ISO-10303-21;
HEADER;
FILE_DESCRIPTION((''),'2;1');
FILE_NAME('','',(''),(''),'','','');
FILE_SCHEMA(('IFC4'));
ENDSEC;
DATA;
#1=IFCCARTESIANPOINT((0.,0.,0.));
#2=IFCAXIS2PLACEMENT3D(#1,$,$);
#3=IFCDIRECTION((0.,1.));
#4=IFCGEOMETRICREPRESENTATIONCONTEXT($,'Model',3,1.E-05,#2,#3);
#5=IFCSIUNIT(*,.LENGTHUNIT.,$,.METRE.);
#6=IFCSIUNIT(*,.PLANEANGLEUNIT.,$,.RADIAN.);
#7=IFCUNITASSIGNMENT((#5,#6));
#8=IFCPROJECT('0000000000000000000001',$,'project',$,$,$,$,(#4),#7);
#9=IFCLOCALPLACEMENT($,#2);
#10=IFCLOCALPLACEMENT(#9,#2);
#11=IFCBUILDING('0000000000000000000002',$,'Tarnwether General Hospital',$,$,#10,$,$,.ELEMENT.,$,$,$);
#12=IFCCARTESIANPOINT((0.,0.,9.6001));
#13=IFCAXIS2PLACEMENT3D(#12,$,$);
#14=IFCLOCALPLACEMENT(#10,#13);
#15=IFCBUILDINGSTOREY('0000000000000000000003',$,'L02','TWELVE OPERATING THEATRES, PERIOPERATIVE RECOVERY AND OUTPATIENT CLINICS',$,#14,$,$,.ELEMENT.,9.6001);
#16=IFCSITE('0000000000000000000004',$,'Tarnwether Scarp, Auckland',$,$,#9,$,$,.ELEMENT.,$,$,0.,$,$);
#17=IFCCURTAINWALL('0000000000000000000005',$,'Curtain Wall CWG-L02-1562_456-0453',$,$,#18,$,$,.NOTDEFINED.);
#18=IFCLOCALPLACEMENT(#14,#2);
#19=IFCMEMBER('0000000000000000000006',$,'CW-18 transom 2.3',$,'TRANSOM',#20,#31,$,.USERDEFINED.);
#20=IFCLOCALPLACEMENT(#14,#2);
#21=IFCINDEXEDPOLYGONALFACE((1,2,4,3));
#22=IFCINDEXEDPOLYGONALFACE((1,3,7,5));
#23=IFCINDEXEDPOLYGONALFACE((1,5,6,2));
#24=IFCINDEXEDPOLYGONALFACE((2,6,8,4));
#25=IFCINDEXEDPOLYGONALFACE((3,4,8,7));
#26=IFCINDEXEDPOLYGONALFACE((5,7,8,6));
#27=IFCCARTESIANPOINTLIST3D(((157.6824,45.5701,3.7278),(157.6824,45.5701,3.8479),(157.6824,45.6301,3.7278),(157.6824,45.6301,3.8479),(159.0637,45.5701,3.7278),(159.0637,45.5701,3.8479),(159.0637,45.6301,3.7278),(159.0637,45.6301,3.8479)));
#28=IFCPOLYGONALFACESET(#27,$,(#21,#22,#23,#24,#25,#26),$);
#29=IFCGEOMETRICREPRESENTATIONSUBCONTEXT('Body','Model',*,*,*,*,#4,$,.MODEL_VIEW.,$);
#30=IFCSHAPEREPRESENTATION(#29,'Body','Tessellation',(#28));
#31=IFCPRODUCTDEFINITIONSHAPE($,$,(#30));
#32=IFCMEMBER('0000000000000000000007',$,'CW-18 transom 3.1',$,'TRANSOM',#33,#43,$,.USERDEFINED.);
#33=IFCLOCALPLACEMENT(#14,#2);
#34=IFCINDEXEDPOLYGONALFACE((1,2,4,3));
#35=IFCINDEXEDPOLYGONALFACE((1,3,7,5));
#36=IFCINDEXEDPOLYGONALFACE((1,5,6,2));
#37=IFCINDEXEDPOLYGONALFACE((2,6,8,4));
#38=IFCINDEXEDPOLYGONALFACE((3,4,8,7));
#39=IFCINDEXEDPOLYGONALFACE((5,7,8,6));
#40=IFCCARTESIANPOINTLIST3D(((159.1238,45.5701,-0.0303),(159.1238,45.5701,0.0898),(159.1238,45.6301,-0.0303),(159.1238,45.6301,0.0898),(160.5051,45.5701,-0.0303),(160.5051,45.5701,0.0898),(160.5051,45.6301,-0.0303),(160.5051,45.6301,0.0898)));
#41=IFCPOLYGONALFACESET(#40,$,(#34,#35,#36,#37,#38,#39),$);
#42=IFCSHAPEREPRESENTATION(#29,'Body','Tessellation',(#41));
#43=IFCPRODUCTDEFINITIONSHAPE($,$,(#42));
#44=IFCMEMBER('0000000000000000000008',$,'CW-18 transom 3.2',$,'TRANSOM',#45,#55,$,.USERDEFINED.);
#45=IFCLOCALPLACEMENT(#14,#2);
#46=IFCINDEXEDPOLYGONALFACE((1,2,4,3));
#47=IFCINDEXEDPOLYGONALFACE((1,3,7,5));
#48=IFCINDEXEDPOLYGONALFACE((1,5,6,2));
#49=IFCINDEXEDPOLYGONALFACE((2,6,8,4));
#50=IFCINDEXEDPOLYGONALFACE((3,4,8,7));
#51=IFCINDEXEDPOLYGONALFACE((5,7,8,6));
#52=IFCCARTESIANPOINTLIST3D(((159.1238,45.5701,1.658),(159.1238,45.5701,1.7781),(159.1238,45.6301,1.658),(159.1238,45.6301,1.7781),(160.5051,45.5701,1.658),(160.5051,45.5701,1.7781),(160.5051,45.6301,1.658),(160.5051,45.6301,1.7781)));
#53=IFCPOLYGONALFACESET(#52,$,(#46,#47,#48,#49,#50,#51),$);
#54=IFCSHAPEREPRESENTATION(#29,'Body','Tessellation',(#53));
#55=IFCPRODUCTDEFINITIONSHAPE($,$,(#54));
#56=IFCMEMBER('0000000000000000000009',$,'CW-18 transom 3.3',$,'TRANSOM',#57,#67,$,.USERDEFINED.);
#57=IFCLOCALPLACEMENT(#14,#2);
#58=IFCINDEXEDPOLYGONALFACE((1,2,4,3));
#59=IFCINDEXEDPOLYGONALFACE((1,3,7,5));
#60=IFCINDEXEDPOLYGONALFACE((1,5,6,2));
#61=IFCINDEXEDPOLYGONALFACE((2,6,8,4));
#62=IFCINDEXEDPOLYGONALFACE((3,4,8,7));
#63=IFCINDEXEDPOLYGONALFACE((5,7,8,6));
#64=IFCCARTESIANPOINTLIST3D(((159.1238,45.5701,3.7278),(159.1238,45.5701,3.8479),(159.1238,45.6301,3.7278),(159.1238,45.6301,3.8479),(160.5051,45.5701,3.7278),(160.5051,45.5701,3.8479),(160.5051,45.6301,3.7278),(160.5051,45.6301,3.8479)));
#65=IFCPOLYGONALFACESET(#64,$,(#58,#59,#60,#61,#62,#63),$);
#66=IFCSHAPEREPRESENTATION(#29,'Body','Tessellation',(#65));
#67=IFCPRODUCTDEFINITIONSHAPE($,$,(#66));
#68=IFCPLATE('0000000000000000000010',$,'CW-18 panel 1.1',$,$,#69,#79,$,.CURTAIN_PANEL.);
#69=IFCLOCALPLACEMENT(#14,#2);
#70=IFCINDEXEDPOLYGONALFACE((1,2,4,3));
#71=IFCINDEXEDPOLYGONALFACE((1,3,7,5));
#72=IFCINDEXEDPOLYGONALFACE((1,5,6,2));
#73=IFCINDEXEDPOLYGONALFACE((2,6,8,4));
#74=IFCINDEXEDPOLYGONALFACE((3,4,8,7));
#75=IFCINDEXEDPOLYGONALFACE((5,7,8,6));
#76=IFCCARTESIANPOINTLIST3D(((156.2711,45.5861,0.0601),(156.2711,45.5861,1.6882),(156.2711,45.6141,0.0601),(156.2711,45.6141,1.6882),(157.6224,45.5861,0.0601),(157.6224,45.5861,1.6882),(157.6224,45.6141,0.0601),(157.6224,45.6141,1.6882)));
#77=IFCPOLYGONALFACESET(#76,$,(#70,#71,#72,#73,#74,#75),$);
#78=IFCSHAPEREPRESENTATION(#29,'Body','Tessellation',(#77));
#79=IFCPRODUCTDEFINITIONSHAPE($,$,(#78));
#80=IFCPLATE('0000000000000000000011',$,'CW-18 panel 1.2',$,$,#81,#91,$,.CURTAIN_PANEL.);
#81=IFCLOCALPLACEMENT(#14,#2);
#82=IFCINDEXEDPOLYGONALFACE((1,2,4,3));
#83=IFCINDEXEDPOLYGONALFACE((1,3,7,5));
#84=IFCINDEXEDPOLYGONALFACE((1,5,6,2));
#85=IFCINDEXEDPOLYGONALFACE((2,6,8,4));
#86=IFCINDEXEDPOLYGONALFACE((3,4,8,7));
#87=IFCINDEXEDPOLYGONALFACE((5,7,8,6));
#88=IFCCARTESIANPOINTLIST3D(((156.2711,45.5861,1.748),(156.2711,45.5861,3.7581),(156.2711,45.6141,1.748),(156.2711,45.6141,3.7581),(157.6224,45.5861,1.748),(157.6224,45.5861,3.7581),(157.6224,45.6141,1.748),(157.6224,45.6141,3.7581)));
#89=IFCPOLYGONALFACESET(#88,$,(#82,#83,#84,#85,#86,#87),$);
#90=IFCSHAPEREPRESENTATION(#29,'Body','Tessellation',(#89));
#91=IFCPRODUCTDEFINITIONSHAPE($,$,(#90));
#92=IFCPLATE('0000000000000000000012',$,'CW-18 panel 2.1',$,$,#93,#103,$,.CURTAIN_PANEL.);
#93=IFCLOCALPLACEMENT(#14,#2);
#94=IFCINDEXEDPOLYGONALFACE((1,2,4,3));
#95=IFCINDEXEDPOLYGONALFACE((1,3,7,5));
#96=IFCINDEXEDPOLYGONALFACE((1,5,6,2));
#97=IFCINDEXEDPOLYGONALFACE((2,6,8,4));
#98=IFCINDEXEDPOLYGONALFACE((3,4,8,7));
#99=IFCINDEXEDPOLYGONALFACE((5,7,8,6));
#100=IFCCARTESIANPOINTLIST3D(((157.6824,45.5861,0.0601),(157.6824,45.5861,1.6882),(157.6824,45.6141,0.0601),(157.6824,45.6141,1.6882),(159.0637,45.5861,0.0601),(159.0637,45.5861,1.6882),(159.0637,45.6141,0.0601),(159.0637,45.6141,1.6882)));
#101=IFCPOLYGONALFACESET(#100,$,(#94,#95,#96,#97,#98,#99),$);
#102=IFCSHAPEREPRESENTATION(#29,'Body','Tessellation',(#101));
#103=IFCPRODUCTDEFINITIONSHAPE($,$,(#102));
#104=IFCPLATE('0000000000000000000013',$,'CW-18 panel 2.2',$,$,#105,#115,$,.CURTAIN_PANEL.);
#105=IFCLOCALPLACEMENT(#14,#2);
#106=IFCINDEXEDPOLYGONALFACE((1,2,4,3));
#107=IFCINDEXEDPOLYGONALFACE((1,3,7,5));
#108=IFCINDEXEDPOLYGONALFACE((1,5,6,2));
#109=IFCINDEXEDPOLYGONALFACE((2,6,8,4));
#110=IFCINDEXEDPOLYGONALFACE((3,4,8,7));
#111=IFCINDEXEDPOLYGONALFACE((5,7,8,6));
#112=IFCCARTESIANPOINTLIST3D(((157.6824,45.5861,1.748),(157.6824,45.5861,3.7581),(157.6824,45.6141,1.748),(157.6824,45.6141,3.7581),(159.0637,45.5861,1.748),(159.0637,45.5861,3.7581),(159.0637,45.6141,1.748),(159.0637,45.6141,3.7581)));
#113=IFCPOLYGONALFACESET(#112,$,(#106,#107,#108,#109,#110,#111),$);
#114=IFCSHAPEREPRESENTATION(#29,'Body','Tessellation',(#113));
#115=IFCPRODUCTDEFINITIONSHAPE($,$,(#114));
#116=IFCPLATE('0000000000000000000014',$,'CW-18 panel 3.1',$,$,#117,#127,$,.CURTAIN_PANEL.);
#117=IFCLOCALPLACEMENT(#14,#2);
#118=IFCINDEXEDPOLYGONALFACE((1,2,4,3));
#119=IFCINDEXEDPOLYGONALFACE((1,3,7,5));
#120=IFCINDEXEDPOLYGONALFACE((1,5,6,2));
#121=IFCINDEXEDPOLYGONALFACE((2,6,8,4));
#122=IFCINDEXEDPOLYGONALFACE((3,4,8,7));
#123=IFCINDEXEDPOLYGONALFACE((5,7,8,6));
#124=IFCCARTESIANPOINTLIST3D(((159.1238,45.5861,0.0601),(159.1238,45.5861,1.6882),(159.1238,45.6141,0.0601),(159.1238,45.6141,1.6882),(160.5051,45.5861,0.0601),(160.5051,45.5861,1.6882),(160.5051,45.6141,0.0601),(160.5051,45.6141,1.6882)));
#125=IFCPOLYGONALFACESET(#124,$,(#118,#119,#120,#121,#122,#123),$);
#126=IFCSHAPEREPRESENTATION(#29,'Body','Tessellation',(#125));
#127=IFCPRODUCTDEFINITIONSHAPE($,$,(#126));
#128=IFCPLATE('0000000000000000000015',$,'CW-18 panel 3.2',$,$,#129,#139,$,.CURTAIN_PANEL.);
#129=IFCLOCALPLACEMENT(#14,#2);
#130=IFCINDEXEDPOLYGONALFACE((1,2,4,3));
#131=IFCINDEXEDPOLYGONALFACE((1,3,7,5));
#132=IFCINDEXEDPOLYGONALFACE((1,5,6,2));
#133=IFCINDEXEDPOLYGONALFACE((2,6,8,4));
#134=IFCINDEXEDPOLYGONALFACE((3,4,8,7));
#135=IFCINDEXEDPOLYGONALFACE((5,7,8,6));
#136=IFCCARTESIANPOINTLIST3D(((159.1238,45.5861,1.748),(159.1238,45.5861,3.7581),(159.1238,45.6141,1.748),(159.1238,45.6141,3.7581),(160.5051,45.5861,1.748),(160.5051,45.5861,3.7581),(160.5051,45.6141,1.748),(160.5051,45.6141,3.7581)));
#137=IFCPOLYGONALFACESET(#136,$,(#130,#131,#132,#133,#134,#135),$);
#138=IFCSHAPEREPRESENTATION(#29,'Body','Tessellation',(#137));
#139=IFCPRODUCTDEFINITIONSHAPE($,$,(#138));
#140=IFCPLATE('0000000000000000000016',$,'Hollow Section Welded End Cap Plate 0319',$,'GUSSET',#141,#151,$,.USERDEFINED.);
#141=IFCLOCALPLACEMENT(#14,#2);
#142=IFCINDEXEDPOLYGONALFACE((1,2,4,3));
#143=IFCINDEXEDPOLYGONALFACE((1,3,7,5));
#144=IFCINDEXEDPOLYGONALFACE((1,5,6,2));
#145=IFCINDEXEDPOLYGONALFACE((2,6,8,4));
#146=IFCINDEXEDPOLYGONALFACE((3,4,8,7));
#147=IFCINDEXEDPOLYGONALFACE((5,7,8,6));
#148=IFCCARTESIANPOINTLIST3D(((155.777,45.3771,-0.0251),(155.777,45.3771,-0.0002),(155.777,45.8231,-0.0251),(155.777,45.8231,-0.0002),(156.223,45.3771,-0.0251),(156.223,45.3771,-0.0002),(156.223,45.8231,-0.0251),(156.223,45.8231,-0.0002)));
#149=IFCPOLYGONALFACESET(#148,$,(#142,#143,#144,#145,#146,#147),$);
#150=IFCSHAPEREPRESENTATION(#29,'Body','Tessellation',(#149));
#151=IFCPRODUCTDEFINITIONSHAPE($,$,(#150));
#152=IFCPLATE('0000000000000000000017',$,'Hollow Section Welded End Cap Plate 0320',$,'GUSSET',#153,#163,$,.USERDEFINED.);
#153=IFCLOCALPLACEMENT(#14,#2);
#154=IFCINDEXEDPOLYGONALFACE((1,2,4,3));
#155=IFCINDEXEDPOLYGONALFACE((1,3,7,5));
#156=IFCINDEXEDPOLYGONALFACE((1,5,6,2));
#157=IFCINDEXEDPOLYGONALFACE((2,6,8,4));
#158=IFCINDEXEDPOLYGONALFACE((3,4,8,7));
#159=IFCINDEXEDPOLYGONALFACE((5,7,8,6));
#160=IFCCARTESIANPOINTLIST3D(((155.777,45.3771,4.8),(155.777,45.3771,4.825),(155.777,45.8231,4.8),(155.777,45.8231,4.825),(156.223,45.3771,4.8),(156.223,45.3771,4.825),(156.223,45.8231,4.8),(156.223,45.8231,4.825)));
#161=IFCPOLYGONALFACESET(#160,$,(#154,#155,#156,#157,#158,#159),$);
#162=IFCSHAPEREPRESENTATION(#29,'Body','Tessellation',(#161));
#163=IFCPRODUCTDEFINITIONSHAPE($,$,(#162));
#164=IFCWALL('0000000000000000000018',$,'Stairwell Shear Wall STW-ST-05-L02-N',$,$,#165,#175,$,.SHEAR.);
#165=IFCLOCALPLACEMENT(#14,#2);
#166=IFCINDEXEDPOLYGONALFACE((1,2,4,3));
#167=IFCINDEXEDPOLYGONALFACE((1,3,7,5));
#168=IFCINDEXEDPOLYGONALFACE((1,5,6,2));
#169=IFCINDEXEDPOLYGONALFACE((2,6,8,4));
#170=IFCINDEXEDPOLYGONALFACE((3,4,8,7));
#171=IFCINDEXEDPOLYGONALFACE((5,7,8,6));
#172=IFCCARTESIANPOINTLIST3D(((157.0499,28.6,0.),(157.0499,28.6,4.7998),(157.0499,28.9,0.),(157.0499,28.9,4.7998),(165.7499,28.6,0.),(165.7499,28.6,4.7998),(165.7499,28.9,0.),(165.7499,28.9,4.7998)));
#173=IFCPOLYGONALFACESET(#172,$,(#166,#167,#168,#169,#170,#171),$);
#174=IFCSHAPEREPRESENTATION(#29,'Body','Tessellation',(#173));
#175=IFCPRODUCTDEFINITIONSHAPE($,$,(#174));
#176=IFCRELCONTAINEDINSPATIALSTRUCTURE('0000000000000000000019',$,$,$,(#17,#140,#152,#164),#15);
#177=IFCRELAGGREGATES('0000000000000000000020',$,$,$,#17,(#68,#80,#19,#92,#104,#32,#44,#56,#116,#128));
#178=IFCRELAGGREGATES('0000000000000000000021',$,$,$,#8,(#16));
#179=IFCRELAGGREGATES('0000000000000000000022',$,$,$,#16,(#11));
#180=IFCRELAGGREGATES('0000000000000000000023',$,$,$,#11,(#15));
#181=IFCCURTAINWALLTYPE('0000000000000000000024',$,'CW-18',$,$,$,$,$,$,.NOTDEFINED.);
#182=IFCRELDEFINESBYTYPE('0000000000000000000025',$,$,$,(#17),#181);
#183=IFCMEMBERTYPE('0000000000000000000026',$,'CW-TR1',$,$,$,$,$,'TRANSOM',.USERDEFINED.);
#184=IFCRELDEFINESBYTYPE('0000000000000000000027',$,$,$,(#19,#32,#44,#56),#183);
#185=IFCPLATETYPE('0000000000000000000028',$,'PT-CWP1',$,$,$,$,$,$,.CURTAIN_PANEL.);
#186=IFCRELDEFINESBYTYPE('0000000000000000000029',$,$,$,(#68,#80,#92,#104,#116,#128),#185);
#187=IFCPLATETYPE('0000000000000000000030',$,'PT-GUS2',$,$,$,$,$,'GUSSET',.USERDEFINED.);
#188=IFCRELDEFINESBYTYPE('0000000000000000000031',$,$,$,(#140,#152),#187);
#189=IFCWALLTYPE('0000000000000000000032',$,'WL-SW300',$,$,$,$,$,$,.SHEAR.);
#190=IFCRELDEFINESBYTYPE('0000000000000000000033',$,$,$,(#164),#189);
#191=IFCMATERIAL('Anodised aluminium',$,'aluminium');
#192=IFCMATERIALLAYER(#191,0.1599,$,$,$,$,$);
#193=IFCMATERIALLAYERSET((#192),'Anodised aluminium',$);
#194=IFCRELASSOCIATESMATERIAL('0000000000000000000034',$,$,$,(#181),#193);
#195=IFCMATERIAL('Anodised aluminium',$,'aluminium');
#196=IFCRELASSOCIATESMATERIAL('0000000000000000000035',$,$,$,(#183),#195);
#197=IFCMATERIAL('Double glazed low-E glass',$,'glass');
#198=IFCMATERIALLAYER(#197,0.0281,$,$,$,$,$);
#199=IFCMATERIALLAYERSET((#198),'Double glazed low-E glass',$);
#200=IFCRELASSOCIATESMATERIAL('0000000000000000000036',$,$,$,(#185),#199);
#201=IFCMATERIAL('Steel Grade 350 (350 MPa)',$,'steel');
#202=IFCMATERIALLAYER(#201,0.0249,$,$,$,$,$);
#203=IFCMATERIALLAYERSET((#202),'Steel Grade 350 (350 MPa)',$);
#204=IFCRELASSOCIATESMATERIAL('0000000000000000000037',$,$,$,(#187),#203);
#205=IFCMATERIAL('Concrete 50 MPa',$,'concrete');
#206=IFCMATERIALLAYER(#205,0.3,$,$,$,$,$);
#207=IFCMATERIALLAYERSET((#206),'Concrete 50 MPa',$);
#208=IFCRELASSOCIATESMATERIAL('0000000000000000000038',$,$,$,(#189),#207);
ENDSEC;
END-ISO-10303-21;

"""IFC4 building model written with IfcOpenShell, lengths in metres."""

from ifc_helpers import new_model, si_unit, direction, frame, frame_2d, origin, origin_2d, place, context, subcontext, project, spatial, rectangle, extrude, material, layer, layer_set, material_profile, profile_set, type_object, element, aggregate, save


model = new_model("IFC4")

# Units and contexts
model_context = context("Model", 3, precision=1e-05, world=origin(), true_north=direction((0.0, 1.0)))
body_context = subcontext(model_context, "Body", "Model", "MODEL_VIEW")
ifc_project = project(units=[si_unit("LENGTHUNIT", "METRE"), si_unit("PLANEANGLEUNIT", "RADIAN")], contexts=[model_context])

# Site, building, storey
site_placement = place(None, origin())
site = spatial("IfcSite", under=ifc_project, at=site_placement, Name="Tarnwether Scarp, Auckland", CompositionType="ELEMENT", RefElevation=0.0)
building_placement = place(site_placement, origin())
building = spatial("IfcBuilding", under=site, at=building_placement, Name="Tarnwether General Hospital", CompositionType="ELEMENT")
storey_placement = place(building_placement, frame((0.0, 0.0, 9.6001)))
storey = spatial("IfcBuildingStorey", under=building, at=storey_placement, Name="L02", Description="TWELVE OPERATING THEATRES, PERIOPERATIVE RECOVERY AND OUTPATIENT CLINICS", CompositionType="ELEMENT", Elevation=9.6001)

# Curtain wall, members, plates
ifc_material_1 = material(Name="Anodised aluminium", Category="aluminium")
ifc_layer_1 = layer(ifc_material_1, 0.1599)
ifc_layer_set_1 = layer_set([ifc_layer_1], Name="Anodised aluminium")
curtain_wall_type = type_object("IfcCurtainWallType", Name="CW-18", PredefinedType="NOTDEFINED", material=ifc_layer_set_1)
curtain_wall_placement = place(storey_placement, origin())
curtain_wall = element("IfcCurtainWall", 1, at=curtain_wall_placement, inside=storey, type_object=curtain_wall_type, Name="Curtain Wall CWG-L02-1562_456-0453", PredefinedType="NOTDEFINED")
ifc_material_2 = material(Name="Anodised aluminium", Category="aluminium")
ifc_material_profile_1 = material_profile(ifc_material_2, rectangle(XDim=0.0601, YDim=0.1201, at=origin_2d()), Name="ALU-TRN-60x120")
ifc_profile_set_1 = profile_set([ifc_material_profile_1], Name="Anodised aluminium")
member_type_1 = type_object("IfcMemberType", Name="CW-TR1", ElementType="TRANSOM", PredefinedType="USERDEFINED", material=ifc_profile_set_1)
member_1_placement = place(storey_placement, frame((157.6824, 45.6001, 3.7878), z_axis=(1.0, 0.0, 0.0), x_axis=(0.0, 1.0, 0.0)))
member_1 = element("IfcMember", 2, at=member_1_placement, type_object=member_type_1, Name="CW-18 transom 2.3", ObjectType="TRANSOM", PredefinedType="USERDEFINED", context=body_context, shape_type="SweptSolid", body=[
    extrude(rectangle(XDim=0.0601, YDim=0.1201, at=origin_2d()), origin(), (0.0, 0.0, 1.0), 1.3813),
])
member_2_placement = place(storey_placement, frame((159.1238, 45.6001, 0.0298), z_axis=(1.0, 0.0, 0.0), x_axis=(0.0, 1.0, 0.0)))
member_2 = element("IfcMember", 3, at=member_2_placement, type_object=member_type_1, Name="CW-18 transom 3.1", ObjectType="TRANSOM", PredefinedType="USERDEFINED", context=body_context, shape_type="SweptSolid", body=[
    extrude(rectangle(XDim=0.0601, YDim=0.1201, at=origin_2d()), origin(), (0.0, 0.0, 1.0), 1.3813),
])
member_3_placement = place(storey_placement, frame((159.1238, 45.6001, 1.718), z_axis=(1.0, 0.0, 0.0), x_axis=(0.0, 1.0, 0.0)))
member_3 = element("IfcMember", 4, at=member_3_placement, type_object=member_type_1, Name="CW-18 transom 3.2", ObjectType="TRANSOM", PredefinedType="USERDEFINED", context=body_context, shape_type="SweptSolid", body=[
    extrude(rectangle(XDim=0.0601, YDim=0.1201, at=origin_2d()), origin(), (0.0, 0.0, 1.0), 1.3813),
])
member_4_placement = place(storey_placement, frame((159.1238, 45.6001, 3.7878), z_axis=(1.0, 0.0, 0.0), x_axis=(0.0, 1.0, 0.0)))
member_4 = element("IfcMember", 5, at=member_4_placement, type_object=member_type_1, Name="CW-18 transom 3.3", ObjectType="TRANSOM", PredefinedType="USERDEFINED", context=body_context, shape_type="SweptSolid", body=[
    extrude(rectangle(XDim=0.0601, YDim=0.1201, at=origin_2d()), origin(), (0.0, 0.0, 1.0), 1.3813),
])
ifc_material_3 = material(Name="Double glazed low-E glass", Category="glass")
ifc_layer_2 = layer(ifc_material_3, 0.0281)
ifc_layer_set_2 = layer_set([ifc_layer_2], Name="Double glazed low-E glass")
plate_type_1 = type_object("IfcPlateType", Name="PT-CWP1", PredefinedType="CURTAIN_PANEL", material=ifc_layer_set_2)
plate_1_placement = place(storey_placement, frame((156.9468, 45.6001, 0.0601), z_axis=(0.0, 0.0, 1.0), x_axis=(1.0, 0.0, 0.0)))
plate_1 = element("IfcPlate", 6, at=plate_1_placement, type_object=plate_type_1, Name="CW-18 panel 1.1", PredefinedType="CURTAIN_PANEL", context=body_context, shape_type="SweptSolid", body=[
    extrude(rectangle(XDim=1.3513, YDim=0.0281, at=origin_2d()), origin(), (0.0, 0.0, 1.0), 1.6282),
])
plate_2_placement = place(storey_placement, frame((156.9468, 45.6001, 1.748), z_axis=(0.0, 0.0, 1.0), x_axis=(1.0, 0.0, 0.0)))
plate_2 = element("IfcPlate", 7, at=plate_2_placement, type_object=plate_type_1, Name="CW-18 panel 1.2", PredefinedType="CURTAIN_PANEL", context=body_context, shape_type="SweptSolid", body=[
    extrude(rectangle(XDim=1.3513, YDim=0.0281, at=origin_2d()), origin(), (0.0, 0.0, 1.0), 2.01),
])
plate_3_placement = place(storey_placement, frame((158.373, 45.6001, 0.0601), z_axis=(0.0, 0.0, 1.0), x_axis=(1.0, 0.0, 0.0)))
plate_3 = element("IfcPlate", 8, at=plate_3_placement, type_object=plate_type_1, Name="CW-18 panel 2.1", PredefinedType="CURTAIN_PANEL", context=body_context, shape_type="SweptSolid", body=[
    extrude(rectangle(XDim=1.3813, YDim=0.0281, at=origin_2d()), origin(), (0.0, 0.0, 1.0), 1.6282),
])
plate_4_placement = place(storey_placement, frame((158.373, 45.6001, 1.748), z_axis=(0.0, 0.0, 1.0), x_axis=(1.0, 0.0, 0.0)))
plate_4 = element("IfcPlate", 9, at=plate_4_placement, type_object=plate_type_1, Name="CW-18 panel 2.2", PredefinedType="CURTAIN_PANEL", context=body_context, shape_type="SweptSolid", body=[
    extrude(rectangle(XDim=1.3813, YDim=0.0281, at=origin_2d()), origin(), (0.0, 0.0, 1.0), 2.01),
])
plate_5_placement = place(storey_placement, frame((159.8145, 45.6001, 0.0601), z_axis=(0.0, 0.0, 1.0), x_axis=(1.0, 0.0, 0.0)))
plate_5 = element("IfcPlate", 10, at=plate_5_placement, type_object=plate_type_1, Name="CW-18 panel 3.1", PredefinedType="CURTAIN_PANEL", context=body_context, shape_type="SweptSolid", body=[
    extrude(rectangle(XDim=1.3813, YDim=0.0281, at=origin_2d()), origin(), (0.0, 0.0, 1.0), 1.6282),
])
plate_6_placement = place(storey_placement, frame((159.8145, 45.6001, 1.748), z_axis=(0.0, 0.0, 1.0), x_axis=(1.0, 0.0, 0.0)))
plate_6 = element("IfcPlate", 11, at=plate_6_placement, type_object=plate_type_1, Name="CW-18 panel 3.2", PredefinedType="CURTAIN_PANEL", context=body_context, shape_type="SweptSolid", body=[
    extrude(rectangle(XDim=1.3813, YDim=0.0281, at=origin_2d()), origin(), (0.0, 0.0, 1.0), 2.01),
])
aggregate(curtain_wall, [plate_1, plate_2, member_1, plate_3, plate_4, member_2, member_3, member_4, plate_5, plate_6])

# Plates
ifc_material_4 = material(Name="Steel Grade 350 (350 MPa)", Category="steel")
ifc_layer_3 = layer(ifc_material_4, 0.0249)
ifc_layer_set_3 = layer_set([ifc_layer_3], Name="Steel Grade 350 (350 MPa)")
plate_type_2 = type_object("IfcPlateType", Name="PT-GUS2", ElementType="GUSSET", PredefinedType="USERDEFINED", material=ifc_layer_set_3)
for number, where, z_axis, x_axis, name in (
    (12, (156.0, 45.6001, -0.0251), (0.0, 0.0, 1.0), (1.0, 0.0, 0.0), "Hollow Section Welded End Cap Plate 0319"),
    (13, (156.0, 45.6001, 4.8), (0.0, 0.0, 1.0), (1.0, 0.0, 0.0), "Hollow Section Welded End Cap Plate 0320"),
):
    element("IfcPlate", number, at=place(storey_placement, frame(where, z_axis=z_axis, x_axis=x_axis)), inside=storey, type_object=plate_type_2, Name=name, ObjectType="GUSSET", PredefinedType="USERDEFINED", context=body_context, shape_type="SweptSolid", body=[
        extrude(rectangle(XDim=0.446, YDim=0.446, at=origin_2d()), origin(), (0.0, 0.0, 1.0), 0.0249),
    ])

# Wall
ifc_material_5 = material(Name="Concrete 50 MPa", Category="concrete")
ifc_layer_4 = layer(ifc_material_5, 0.3)
ifc_layer_set_4 = layer_set([ifc_layer_4], Name="Concrete 50 MPa")
wall_type = type_object("IfcWallType", Name="WL-SW300", PredefinedType="SHEAR", material=ifc_layer_set_4)
wall_placement = place(storey_placement, frame((165.75, 28.75, 0.0), z_axis=(0.0, 0.0, 1.0), x_axis=(-1.0, 0.0, 0.0)))
element("IfcWall", 14, at=wall_placement, inside=storey, type_object=wall_type, Name="Stairwell Shear Wall STW-ST-05-L02-N", PredefinedType="SHEAR", context=body_context, shape_type="SweptSolid", body=[
    extrude(rectangle(XDim=8.7, YDim=0.3, at=frame_2d((4.3501, 0.0))), origin(), (0.0, 0.0, 1.0), 4.7998),
])

save(model, "model.ifc")
